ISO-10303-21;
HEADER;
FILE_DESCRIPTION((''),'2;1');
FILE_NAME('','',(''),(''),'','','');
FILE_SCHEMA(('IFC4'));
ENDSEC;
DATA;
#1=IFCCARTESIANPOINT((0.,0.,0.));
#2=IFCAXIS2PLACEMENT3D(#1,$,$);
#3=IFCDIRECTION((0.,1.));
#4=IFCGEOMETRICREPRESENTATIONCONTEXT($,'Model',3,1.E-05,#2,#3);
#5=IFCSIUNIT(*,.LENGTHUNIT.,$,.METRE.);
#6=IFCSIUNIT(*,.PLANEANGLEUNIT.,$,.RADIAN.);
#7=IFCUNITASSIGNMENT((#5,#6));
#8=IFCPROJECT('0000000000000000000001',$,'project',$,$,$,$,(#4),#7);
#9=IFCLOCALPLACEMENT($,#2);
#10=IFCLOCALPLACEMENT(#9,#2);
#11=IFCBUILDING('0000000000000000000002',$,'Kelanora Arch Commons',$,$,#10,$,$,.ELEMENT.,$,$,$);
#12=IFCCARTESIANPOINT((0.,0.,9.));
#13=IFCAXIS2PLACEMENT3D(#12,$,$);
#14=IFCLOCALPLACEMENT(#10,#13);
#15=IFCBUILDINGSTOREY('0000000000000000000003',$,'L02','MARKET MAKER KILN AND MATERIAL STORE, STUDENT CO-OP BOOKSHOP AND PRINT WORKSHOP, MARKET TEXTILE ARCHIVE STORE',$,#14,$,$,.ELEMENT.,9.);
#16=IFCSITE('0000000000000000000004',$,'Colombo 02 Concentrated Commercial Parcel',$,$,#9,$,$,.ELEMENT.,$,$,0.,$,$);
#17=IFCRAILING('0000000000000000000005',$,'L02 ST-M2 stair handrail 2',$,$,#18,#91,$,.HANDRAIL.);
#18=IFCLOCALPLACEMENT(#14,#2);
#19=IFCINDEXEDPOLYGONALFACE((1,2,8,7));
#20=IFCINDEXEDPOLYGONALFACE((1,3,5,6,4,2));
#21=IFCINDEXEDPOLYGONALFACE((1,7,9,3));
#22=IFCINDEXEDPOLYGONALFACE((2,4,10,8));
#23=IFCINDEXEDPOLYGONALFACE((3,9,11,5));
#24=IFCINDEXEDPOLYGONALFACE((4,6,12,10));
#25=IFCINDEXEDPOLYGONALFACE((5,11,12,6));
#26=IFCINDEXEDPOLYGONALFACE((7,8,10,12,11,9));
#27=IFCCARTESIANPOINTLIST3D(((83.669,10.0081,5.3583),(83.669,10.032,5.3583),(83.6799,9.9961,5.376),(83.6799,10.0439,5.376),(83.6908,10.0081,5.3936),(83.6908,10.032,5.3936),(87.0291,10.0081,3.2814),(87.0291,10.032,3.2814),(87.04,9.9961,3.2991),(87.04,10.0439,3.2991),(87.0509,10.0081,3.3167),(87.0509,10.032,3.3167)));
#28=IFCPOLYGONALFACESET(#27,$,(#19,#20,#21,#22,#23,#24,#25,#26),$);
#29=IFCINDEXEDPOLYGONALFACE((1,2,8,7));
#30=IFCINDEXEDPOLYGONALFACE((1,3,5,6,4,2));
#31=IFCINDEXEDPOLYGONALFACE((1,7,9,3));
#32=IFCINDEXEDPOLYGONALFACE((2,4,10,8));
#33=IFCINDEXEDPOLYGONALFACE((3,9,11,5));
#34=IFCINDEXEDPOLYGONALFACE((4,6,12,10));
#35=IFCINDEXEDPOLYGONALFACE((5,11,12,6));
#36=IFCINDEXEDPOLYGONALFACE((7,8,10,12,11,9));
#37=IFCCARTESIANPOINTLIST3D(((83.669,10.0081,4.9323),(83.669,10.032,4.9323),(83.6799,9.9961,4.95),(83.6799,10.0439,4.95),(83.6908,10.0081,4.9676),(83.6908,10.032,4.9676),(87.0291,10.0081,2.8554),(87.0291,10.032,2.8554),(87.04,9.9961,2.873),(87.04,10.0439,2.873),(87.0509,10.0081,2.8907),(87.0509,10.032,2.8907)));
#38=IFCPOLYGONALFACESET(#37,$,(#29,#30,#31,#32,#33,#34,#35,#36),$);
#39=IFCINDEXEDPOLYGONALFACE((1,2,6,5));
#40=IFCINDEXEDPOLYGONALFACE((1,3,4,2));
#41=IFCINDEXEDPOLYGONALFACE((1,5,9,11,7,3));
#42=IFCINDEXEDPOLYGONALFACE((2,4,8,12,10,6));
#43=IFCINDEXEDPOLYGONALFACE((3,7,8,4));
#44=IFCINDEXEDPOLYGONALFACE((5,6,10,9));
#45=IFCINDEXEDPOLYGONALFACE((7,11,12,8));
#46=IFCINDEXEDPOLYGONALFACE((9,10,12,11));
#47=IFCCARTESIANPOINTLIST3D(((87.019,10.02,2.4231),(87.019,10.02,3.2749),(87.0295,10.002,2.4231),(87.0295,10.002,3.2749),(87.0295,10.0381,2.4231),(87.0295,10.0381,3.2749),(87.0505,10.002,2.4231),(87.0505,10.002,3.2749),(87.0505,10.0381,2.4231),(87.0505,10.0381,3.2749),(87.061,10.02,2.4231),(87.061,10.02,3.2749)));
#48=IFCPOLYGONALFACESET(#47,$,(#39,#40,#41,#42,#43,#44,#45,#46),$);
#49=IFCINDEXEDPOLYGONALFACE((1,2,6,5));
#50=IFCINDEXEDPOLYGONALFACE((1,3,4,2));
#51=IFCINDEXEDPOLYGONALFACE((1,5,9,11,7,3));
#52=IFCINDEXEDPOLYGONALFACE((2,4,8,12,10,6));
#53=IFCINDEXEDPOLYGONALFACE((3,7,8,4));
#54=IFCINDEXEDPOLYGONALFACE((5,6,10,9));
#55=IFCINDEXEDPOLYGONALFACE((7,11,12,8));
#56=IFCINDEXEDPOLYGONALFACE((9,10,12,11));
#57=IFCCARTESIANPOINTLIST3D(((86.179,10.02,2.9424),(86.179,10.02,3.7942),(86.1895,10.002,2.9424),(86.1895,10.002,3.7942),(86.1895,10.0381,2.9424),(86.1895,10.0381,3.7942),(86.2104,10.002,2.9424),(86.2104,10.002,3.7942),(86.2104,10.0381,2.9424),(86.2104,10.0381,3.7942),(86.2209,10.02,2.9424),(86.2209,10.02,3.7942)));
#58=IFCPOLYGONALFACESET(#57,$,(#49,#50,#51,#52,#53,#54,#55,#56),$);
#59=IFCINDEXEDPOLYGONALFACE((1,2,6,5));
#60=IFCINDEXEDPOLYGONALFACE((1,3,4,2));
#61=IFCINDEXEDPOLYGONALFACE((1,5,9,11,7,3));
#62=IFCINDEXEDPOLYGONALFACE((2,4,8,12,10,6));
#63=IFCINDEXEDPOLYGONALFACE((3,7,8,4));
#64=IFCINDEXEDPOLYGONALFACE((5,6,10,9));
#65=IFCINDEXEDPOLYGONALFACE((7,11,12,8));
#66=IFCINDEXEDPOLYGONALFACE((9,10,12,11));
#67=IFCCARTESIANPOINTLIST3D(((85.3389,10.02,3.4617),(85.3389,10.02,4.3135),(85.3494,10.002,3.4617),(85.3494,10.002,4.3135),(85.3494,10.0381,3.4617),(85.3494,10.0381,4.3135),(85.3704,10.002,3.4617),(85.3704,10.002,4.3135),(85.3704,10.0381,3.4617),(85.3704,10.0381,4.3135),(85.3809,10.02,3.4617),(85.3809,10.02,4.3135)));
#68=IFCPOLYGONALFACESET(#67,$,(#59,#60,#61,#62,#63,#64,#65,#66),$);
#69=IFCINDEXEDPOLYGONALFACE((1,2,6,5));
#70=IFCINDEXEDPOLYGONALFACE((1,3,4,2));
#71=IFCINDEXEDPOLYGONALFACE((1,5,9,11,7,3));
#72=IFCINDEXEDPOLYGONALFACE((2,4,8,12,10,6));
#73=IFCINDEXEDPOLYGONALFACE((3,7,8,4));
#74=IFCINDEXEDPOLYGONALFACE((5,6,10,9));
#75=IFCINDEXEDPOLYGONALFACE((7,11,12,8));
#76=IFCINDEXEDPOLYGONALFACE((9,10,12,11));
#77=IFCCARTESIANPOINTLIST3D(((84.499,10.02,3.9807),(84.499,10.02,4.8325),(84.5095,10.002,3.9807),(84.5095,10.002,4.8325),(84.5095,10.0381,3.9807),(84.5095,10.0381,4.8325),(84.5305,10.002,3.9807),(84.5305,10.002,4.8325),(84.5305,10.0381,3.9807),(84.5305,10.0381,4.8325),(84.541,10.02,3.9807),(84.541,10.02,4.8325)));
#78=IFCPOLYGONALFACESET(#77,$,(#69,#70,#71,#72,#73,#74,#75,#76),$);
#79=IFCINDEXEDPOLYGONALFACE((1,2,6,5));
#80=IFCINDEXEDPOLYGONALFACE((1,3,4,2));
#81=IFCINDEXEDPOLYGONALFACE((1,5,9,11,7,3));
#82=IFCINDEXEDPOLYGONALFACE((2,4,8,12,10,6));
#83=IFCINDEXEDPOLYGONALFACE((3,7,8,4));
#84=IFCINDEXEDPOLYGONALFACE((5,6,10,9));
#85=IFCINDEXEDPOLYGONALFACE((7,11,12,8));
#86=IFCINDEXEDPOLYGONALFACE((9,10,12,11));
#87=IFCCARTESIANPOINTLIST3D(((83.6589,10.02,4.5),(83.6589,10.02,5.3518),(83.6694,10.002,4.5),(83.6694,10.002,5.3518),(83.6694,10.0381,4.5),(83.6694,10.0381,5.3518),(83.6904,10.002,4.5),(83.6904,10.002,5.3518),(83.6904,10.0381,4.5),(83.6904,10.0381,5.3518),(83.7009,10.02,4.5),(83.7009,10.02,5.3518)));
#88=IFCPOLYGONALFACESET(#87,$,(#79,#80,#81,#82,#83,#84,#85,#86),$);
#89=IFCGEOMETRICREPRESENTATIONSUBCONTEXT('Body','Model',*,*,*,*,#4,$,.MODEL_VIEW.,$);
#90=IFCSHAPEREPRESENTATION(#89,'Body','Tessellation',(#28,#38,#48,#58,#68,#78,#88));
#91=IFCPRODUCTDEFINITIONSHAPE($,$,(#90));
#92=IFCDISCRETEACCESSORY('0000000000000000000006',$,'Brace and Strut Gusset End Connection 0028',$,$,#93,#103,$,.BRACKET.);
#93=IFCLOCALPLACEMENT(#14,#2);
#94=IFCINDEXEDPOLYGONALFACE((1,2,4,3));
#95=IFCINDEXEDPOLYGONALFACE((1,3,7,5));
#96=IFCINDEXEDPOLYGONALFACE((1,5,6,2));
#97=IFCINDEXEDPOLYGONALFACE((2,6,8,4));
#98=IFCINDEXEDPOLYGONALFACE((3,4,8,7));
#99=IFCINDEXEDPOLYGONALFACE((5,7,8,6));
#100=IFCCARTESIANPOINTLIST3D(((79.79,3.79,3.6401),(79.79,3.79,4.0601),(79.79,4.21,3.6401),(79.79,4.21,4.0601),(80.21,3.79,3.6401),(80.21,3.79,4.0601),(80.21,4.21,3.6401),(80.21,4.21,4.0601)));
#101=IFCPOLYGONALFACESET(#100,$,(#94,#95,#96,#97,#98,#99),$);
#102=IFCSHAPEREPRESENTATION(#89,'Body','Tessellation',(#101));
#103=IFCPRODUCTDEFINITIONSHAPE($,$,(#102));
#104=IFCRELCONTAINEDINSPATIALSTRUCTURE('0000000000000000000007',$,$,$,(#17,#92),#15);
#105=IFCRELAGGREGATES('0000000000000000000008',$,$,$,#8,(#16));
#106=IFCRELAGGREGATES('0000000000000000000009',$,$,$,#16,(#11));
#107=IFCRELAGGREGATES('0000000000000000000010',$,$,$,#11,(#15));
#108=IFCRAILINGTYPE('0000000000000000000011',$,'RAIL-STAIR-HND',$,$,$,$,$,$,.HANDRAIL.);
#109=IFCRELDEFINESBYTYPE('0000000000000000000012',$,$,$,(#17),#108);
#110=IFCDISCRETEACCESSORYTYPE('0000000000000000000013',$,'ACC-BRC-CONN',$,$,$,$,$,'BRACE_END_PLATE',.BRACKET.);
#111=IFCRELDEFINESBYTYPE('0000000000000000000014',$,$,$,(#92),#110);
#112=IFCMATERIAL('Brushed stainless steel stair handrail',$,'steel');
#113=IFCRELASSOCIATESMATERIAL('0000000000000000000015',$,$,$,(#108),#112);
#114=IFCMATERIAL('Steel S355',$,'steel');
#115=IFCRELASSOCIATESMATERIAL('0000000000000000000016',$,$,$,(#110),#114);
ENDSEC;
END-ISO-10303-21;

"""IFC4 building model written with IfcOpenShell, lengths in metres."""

from ifc_helpers import new_model, si_unit, direction, frame, origin, origin_2d, place, context, subcontext, project, spatial, polyline, rectangle, outline, extrude, source, transform, mapped, material, type_object, element, save


model = new_model("IFC4")

# Units and contexts
model_context = context("Model", 3, precision=1e-05, world=origin(), true_north=direction((0.0, 1.0)))
body_context = subcontext(model_context, "Body", "Model", "MODEL_VIEW")
ifc_project = project(units=[si_unit("LENGTHUNIT", "METRE"), si_unit("PLANEANGLEUNIT", "RADIAN")], contexts=[model_context])

# Site, building, storey
site_placement = place(None, origin())
site = spatial("IfcSite", under=ifc_project, at=site_placement, Name="Colombo 02 Concentrated Commercial Parcel", CompositionType="ELEMENT", RefElevation=0.0)
building_placement = place(site_placement, origin())
building = spatial("IfcBuilding", under=site, at=building_placement, Name="Kelanora Arch Commons", CompositionType="ELEMENT")
storey_placement = place(building_placement, frame((0.0, 0.0, 9.0)))
storey = spatial("IfcBuildingStorey", under=building, at=storey_placement, Name="L02", Description="MARKET MAKER KILN AND MATERIAL STORE, STUDENT CO-OP BOOKSHOP AND PRINT WORKSHOP, MARKET TEXTILE ARCHIVE STORE", CompositionType="ELEMENT", Elevation=9.0)

# Railing
ifc_material_1 = material(Name="Brushed stainless steel stair handrail", Category="steel")
railing_type_1 = type_object("IfcRailingType", Name="RAIL-STAIR-HND", PredefinedType="HANDRAIL", material=ifc_material_1)
railing_1_placement = place(storey_placement, frame((87.04, 10.02, 2.4231)))
element("IfcRailing", 1, at=railing_1_placement, inside=storey, type_object=railing_type_1, Name="L02 ST-M2 stair handrail 2", PredefinedType="HANDRAIL", context=body_context, shape_type="SweptSolid", body=[
    extrude(outline(polyline([(0.0239, 0.0), (0.012, 0.0208), (-0.012, 0.0208), (-0.0239, 0.0), (-0.012, -0.0208), (0.012, -0.0208), (0.0239, 0.0)])), frame((0.0, 0.0, 0.876), z_axis=(-0.850623, 0.0, 0.525776), x_axis=(0.0, -1.0, 0.0)), (0.0, 0.0, 1.0), 3.9502),
    extrude(outline(polyline([(0.0239, 0.0), (0.012, 0.0208), (-0.012, 0.0208), (-0.0239, 0.0), (-0.012, -0.0208), (0.012, -0.0208), (0.0239, 0.0)])), frame((0.0, 0.0, 0.45), z_axis=(-0.850623, 0.0, 0.525776), x_axis=(0.0, -1.0, 0.0)), (0.0, 0.0, 1.0), 3.9502),
    extrude(outline(polyline([(0.021, 0.0), (0.0105, 0.0181), (-0.0105, 0.0181), (-0.021, 0.0), (-0.0105, -0.0181), (0.0105, -0.0181), (0.021, 0.0)])), origin(), (0.0, 0.0, 1.0), 0.8518),
    extrude(outline(polyline([(0.021, 0.0), (0.0105, 0.0181), (-0.0105, 0.0181), (-0.021, 0.0), (-0.0105, -0.0181), (0.0105, -0.0181), (0.021, 0.0)])), frame((-0.8401, 0.0, 0.5193)), (0.0, 0.0, 1.0), 0.8518),
    extrude(outline(polyline([(0.021, 0.0), (0.0105, 0.0181), (-0.0105, 0.0181), (-0.021, 0.0), (-0.0105, -0.0181), (0.0105, -0.0181), (0.021, 0.0)])), frame((-1.6802, 0.0, 1.0386)), (0.0, 0.0, 1.0), 0.8518),
    extrude(outline(polyline([(0.021, 0.0), (0.0105, 0.0181), (-0.0105, 0.0181), (-0.021, 0.0), (-0.0105, -0.0181), (0.0105, -0.0181), (0.021, 0.0)])), frame((-2.52, 0.0, 1.5576)), (0.0, 0.0, 1.0), 0.8518),
    extrude(outline(polyline([(0.021, 0.0), (0.0105, 0.0181), (-0.0105, 0.0181), (-0.021, 0.0), (-0.0105, -0.0181), (0.0105, -0.0181), (0.021, 0.0)])), frame((-3.3601, 0.0, 2.0769)), (0.0, 0.0, 1.0), 0.8518),
])

# Discrete accessory
ifc_material_2 = material(Name="Steel S355", Category="steel")
discrete_accessory_type = type_object("IfcDiscreteAccessoryType", Name="ACC-BRC-CONN", ElementType="BRACE_END_PLATE", PredefinedType="BRACKET", material=ifc_material_2)
shared_shape = source(origin(), body_context, "Body", "SweptSolid", [
    extrude(rectangle(XDim=0.4199, YDim=0.4199, at=origin_2d()), origin(), (0.0, 0.0, 1.0), 0.4199),
])
discrete_accessory_placement = place(storey_placement, frame((80.0, 4.0, 3.6401), z_axis=(0.0, 0.0, 1.0), x_axis=(1.0, 0.0, 0.0)))
element("IfcDiscreteAccessory", 2, at=discrete_accessory_placement, inside=storey, type_object=discrete_accessory_type, Name="Brace and Strut Gusset End Connection 0028", PredefinedType="BRACKET", context=body_context, shape_type="MappedRepresentation", body=[
    mapped(shared_shape, transform((0.0, 0.0, 0.0), scale=1.0)),
])

save(model, "model.ifc")
